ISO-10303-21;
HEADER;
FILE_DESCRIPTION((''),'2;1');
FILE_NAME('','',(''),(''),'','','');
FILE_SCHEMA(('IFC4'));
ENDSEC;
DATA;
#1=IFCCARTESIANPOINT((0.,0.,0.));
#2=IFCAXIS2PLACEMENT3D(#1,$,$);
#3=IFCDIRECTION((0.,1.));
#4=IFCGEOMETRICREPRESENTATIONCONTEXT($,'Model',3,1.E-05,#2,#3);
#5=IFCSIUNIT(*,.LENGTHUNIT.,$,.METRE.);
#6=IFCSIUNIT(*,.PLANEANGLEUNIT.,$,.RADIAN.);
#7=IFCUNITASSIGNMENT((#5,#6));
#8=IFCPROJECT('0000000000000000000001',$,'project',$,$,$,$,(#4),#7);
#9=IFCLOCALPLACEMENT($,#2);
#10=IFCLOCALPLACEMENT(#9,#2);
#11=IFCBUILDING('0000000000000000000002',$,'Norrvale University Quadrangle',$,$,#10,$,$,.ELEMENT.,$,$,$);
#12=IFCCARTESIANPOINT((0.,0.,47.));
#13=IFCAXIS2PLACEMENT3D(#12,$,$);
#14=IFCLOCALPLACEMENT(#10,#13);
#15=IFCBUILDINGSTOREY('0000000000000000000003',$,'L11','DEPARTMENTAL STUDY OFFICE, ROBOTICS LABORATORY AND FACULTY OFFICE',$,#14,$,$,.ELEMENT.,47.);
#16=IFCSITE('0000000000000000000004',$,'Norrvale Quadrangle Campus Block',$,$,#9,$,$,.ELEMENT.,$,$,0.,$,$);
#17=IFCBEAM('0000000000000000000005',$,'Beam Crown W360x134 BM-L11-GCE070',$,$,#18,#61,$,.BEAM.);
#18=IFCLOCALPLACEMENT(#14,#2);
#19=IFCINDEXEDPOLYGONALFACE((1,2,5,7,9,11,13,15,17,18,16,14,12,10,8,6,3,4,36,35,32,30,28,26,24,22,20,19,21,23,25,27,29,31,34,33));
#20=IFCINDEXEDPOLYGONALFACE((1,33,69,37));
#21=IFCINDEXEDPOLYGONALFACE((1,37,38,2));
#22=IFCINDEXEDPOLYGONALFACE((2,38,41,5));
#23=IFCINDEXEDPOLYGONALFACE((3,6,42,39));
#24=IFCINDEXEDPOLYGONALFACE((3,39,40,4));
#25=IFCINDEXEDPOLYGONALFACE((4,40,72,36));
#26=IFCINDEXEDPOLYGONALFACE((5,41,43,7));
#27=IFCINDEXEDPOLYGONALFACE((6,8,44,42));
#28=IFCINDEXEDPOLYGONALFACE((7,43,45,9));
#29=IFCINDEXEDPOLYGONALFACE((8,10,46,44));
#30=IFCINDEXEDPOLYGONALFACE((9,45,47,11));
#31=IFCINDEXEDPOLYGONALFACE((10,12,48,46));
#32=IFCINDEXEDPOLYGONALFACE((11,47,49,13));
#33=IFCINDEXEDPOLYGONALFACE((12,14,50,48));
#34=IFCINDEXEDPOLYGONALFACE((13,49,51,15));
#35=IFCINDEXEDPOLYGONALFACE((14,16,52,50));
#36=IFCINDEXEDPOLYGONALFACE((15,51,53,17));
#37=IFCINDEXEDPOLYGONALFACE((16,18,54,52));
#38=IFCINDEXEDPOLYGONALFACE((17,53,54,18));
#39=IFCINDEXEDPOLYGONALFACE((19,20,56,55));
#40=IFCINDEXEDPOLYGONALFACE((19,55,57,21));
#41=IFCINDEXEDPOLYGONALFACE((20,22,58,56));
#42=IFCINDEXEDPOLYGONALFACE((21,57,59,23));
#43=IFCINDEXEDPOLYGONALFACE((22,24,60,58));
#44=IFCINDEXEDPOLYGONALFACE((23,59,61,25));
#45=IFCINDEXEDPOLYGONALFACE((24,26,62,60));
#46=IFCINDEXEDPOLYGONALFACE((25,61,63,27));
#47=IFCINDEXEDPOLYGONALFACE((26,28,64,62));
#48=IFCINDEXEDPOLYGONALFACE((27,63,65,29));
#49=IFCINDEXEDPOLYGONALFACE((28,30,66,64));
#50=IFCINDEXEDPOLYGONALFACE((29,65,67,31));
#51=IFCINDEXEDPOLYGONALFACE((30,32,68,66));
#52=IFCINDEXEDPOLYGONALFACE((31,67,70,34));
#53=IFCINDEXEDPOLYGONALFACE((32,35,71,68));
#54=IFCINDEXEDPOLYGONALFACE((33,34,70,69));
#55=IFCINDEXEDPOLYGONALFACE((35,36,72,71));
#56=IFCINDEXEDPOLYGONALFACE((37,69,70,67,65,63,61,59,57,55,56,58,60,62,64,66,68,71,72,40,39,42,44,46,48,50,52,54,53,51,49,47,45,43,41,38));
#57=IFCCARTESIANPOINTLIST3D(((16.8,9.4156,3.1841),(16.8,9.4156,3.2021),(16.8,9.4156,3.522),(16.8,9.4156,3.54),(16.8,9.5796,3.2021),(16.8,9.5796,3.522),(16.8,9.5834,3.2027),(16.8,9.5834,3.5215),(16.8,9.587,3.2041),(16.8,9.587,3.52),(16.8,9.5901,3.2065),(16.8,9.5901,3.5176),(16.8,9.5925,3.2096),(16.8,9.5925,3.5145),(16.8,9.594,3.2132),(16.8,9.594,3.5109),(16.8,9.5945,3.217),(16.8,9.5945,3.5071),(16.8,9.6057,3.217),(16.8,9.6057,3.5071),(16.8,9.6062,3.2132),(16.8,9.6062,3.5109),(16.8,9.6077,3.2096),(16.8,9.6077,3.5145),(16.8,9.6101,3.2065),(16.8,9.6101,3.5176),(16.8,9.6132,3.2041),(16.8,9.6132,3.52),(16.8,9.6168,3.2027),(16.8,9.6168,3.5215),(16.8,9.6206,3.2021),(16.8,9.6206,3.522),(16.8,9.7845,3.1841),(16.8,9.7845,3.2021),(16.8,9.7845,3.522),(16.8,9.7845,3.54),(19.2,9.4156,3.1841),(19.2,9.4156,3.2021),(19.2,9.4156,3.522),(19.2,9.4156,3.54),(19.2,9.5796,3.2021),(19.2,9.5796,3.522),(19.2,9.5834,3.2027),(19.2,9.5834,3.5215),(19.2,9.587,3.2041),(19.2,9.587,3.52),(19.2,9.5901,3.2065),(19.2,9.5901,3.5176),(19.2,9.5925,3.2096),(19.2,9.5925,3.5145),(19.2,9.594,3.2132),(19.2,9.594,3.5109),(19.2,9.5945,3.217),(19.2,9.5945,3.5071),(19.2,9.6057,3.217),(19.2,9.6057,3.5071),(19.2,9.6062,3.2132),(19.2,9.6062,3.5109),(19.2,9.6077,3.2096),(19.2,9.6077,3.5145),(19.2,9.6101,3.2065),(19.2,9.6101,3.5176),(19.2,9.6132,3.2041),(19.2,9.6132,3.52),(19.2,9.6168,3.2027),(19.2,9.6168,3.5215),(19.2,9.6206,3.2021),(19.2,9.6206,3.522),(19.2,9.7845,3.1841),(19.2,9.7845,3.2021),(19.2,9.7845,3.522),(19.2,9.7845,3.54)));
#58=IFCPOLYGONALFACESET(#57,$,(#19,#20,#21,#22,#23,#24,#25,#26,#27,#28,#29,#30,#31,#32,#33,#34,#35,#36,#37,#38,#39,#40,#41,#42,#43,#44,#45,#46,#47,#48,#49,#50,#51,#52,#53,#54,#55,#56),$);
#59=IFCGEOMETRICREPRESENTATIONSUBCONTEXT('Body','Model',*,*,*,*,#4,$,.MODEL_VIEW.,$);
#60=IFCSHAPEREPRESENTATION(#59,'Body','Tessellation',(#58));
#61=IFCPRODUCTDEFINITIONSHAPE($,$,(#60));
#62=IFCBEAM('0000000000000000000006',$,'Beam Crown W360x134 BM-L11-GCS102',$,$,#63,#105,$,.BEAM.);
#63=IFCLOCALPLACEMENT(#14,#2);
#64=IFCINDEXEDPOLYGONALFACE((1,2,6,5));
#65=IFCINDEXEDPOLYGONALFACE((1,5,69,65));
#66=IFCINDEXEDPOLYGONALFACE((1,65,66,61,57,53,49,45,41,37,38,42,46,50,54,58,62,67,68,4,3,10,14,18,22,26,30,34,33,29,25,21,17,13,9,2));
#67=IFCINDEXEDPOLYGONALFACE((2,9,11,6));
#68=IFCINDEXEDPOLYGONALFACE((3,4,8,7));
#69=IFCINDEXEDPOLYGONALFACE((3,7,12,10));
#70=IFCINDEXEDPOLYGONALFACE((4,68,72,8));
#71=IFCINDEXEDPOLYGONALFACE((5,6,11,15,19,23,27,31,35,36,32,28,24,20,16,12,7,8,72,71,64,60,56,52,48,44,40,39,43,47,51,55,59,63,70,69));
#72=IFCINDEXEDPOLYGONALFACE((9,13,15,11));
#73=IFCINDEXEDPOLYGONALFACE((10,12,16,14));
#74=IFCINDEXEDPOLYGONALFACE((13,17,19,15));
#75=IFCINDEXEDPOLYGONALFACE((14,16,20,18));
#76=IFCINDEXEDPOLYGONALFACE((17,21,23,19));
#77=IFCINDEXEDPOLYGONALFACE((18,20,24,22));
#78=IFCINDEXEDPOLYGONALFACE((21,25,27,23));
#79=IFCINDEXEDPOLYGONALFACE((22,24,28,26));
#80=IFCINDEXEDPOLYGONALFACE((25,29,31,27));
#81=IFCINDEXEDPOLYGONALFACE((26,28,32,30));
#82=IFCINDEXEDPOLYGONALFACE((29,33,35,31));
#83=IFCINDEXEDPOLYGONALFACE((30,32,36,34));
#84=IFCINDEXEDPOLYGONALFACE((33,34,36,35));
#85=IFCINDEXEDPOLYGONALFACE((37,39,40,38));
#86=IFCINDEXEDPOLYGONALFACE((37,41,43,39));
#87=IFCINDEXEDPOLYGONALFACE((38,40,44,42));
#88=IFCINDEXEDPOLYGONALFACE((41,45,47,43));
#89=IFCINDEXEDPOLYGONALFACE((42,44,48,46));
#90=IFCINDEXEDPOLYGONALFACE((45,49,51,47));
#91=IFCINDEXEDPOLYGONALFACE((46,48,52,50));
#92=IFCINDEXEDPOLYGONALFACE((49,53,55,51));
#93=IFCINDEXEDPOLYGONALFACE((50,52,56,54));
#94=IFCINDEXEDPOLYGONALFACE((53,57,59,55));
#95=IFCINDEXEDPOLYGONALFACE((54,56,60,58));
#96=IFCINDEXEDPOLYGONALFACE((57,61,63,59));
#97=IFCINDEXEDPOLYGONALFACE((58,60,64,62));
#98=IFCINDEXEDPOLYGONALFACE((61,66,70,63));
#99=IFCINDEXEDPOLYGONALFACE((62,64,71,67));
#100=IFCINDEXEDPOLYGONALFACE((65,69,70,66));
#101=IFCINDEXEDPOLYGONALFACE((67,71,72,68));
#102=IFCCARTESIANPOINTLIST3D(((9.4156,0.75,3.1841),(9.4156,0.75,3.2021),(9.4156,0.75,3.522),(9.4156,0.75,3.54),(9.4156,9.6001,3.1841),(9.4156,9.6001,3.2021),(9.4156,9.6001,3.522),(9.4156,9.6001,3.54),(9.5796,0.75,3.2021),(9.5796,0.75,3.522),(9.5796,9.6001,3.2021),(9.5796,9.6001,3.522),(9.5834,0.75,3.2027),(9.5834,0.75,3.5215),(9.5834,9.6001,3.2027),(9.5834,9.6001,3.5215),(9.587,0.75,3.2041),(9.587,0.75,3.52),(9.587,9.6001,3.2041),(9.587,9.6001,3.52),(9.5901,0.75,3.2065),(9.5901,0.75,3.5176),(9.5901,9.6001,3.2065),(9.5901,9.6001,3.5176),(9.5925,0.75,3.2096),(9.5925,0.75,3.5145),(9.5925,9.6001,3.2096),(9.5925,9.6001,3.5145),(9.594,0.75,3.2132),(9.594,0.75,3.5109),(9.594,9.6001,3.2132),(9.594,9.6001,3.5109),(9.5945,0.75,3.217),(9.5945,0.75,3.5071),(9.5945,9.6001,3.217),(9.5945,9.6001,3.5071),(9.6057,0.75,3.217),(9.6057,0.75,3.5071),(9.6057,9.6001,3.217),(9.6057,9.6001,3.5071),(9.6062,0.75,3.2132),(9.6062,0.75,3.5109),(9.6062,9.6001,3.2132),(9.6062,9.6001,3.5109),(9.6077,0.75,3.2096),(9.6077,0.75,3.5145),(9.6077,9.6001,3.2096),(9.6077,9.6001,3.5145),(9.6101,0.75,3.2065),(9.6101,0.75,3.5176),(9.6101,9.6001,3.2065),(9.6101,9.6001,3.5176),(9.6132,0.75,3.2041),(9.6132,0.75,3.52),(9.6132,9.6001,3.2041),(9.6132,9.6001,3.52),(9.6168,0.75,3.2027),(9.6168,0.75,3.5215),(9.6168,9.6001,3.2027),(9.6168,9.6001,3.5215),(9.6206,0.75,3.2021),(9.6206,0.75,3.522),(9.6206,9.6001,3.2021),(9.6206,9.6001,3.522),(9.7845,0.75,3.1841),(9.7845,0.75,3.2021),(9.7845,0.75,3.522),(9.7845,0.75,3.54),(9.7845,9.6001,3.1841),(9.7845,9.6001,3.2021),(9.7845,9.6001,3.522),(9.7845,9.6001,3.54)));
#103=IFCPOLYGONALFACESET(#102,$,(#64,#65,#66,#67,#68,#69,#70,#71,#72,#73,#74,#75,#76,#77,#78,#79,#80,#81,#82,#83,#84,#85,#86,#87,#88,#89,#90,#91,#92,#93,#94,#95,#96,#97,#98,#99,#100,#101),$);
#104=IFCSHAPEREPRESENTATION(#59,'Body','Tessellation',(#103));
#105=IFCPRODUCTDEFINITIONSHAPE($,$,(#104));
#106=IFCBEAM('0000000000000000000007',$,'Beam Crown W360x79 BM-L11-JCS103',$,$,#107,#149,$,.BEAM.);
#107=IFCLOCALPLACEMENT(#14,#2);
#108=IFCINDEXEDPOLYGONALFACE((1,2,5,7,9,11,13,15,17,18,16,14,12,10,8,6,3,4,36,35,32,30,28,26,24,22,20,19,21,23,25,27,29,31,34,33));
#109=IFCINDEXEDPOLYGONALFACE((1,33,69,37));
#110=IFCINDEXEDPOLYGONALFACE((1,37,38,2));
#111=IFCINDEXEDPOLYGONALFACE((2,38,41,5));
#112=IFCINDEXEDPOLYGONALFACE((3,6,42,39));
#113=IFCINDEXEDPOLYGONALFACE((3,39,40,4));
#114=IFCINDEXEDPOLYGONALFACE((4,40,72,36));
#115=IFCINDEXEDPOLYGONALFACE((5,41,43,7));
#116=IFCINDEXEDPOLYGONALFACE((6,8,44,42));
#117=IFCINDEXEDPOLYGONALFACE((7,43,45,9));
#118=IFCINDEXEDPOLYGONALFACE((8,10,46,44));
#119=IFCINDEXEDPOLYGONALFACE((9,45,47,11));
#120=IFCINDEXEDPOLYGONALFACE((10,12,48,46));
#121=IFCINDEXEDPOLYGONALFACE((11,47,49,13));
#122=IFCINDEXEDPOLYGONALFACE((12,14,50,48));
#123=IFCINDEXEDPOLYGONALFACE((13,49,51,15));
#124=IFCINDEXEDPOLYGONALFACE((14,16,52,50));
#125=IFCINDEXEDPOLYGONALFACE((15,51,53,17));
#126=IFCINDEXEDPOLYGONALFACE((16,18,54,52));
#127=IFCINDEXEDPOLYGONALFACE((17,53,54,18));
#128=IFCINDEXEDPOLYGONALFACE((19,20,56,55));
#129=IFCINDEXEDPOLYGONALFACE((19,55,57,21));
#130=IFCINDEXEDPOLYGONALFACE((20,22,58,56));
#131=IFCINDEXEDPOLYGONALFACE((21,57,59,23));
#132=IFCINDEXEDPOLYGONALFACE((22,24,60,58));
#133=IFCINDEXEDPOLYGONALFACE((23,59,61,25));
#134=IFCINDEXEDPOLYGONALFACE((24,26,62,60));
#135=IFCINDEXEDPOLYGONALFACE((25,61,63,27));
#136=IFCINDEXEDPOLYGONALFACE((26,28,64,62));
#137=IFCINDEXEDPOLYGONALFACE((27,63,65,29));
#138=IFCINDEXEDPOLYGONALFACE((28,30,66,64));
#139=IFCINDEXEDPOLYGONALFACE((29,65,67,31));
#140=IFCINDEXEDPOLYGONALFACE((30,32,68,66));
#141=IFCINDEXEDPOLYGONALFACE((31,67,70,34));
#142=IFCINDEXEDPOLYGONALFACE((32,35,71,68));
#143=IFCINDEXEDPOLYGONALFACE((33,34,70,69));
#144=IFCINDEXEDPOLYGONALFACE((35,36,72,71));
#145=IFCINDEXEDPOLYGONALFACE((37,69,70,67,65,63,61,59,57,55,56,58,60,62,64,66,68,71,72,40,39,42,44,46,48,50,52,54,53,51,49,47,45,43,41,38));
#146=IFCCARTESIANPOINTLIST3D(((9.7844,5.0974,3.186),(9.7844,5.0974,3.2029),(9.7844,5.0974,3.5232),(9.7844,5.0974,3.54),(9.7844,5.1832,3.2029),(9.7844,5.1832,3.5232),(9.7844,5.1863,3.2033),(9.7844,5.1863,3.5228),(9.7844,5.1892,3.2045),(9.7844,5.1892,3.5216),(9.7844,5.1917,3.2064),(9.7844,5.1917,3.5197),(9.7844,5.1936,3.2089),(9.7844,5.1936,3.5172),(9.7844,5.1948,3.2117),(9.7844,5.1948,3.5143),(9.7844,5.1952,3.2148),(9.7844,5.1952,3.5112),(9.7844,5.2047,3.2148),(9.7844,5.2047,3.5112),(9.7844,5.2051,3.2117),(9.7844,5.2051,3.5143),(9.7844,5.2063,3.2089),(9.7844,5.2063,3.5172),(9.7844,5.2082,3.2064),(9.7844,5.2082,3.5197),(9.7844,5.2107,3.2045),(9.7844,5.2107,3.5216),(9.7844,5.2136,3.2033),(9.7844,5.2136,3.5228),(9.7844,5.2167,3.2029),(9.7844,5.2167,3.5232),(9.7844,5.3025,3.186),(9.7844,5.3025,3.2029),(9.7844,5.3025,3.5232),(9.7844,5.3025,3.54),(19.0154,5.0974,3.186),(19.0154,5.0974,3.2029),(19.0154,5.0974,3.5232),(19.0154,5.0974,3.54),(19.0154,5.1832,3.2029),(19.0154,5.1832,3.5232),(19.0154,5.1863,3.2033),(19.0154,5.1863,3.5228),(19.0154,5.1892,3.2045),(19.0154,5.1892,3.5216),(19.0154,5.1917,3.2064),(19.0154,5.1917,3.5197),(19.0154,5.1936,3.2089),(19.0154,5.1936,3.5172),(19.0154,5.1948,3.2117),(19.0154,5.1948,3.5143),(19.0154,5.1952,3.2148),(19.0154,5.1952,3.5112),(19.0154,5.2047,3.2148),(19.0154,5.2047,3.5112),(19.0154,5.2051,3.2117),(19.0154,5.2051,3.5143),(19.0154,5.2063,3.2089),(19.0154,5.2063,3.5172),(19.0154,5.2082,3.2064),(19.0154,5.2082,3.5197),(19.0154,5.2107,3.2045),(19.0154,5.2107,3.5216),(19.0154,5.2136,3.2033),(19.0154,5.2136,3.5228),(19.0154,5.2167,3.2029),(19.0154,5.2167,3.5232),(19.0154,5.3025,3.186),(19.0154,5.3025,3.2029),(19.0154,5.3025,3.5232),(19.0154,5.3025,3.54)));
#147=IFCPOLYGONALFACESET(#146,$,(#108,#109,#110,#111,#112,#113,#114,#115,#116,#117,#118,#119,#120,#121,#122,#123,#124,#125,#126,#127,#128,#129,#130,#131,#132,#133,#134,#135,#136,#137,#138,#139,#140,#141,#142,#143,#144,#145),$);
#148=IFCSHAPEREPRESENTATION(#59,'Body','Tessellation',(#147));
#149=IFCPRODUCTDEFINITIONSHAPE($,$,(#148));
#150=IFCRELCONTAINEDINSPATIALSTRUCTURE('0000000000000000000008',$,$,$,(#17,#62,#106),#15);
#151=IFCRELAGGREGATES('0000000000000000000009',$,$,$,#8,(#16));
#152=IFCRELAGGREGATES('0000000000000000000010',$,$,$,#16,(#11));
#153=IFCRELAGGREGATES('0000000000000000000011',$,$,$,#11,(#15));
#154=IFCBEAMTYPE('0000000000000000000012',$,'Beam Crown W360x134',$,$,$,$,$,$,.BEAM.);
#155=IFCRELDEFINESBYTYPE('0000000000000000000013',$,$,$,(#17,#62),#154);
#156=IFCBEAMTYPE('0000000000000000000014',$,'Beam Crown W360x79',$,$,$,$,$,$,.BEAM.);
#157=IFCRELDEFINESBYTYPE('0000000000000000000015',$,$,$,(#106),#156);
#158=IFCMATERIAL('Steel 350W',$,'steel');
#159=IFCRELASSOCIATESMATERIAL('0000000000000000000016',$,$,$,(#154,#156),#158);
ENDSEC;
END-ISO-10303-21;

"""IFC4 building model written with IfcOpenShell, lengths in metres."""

from ifc_helpers import new_model, si_unit, direction, frame, origin, origin_2d, place, context, subcontext, project, spatial, i_section, extrude, material, material_profile, profile_set, type_object, element, save


model = new_model("IFC4")

# Units and contexts
model_context = context("Model", 3, precision=1e-05, world=origin(), true_north=direction((0.0, 1.0)))
body_context = subcontext(model_context, "Body", "Model", "MODEL_VIEW")
ifc_project = project(units=[si_unit("LENGTHUNIT", "METRE"), si_unit("PLANEANGLEUNIT", "RADIAN")], contexts=[model_context])

# Site, building, storey
site_placement = place(None, origin())
site = spatial("IfcSite", under=ifc_project, at=site_placement, Name="Norrvale Quadrangle Campus Block", CompositionType="ELEMENT", RefElevation=0.0)
building_placement = place(site_placement, origin())
building = spatial("IfcBuilding", under=site, at=building_placement, Name="Norrvale University Quadrangle", CompositionType="ELEMENT")
storey_placement = place(building_placement, frame((0.0, 0.0, 47.0)))
storey = spatial("IfcBuildingStorey", under=building, at=storey_placement, Name="L11", Description="DEPARTMENTAL STUDY OFFICE, ROBOTICS LABORATORY AND FACULTY OFFICE", CompositionType="ELEMENT", Elevation=47.0)

# Beams
ifc_material_1 = material(Name="Steel 350W", Category="steel")
ifc_material_profile_1 = material_profile(ifc_material_1, i_section(OverallWidth=0.3689, OverallDepth=0.356, WebThickness=0.0112, FlangeThickness=0.0181, FilletRadius=0.0149, at=origin_2d()), Name="Steel 350W")
ifc_profile_set_1 = profile_set([ifc_material_profile_1], Name="Steel 350W")
beam_type_1 = type_object("IfcBeamType", Name="Beam Crown W360x134", PredefinedType="BEAM", material=ifc_profile_set_1)
beam_1_placement = place(storey_placement, frame((16.8, 9.6001, 3.3621), z_axis=(1.0, 0.0, 0.0), x_axis=(0.0, 1.0, 0.0)))
element("IfcBeam", 1, at=beam_1_placement, inside=storey, type_object=beam_type_1, Name="Beam Crown W360x134 BM-L11-GCE070", PredefinedType="BEAM", context=body_context, shape_type="SweptSolid", body=[
    extrude(i_section(OverallWidth=0.3689, OverallDepth=0.356, WebThickness=0.0112, FlangeThickness=0.0181, FilletRadius=0.0149, at=origin_2d()), origin(), (0.0, 0.0, 1.0), 2.3999),
])
beam_2_placement = place(storey_placement, frame((9.6001, 0.75, 3.3621), z_axis=(0.0, 1.0, 0.0), x_axis=(-1.0, 0.0, 0.0)))
element("IfcBeam", 2, at=beam_2_placement, inside=storey, type_object=beam_type_1, Name="Beam Crown W360x134 BM-L11-GCS102", PredefinedType="BEAM", context=body_context, shape_type="SweptSolid", body=[
    extrude(i_section(OverallWidth=0.3689, OverallDepth=0.356, WebThickness=0.0112, FlangeThickness=0.0181, FilletRadius=0.0149, at=origin_2d()), origin(), (0.0, 0.0, 1.0), 8.8501),
])
ifc_material_profile_2 = material_profile(ifc_material_1, i_section(OverallWidth=0.2051, OverallDepth=0.354, WebThickness=0.0095, FlangeThickness=0.0168, FilletRadius=0.012, at=origin_2d()), Name="Steel 350W")
ifc_profile_set_2 = profile_set([ifc_material_profile_2], Name="Steel 350W")
beam_type_2 = type_object("IfcBeamType", Name="Beam Crown W360x79", PredefinedType="BEAM", material=ifc_profile_set_2)
beam_3_placement = place(storey_placement, frame((9.7844, 5.2, 3.363), z_axis=(1.0, 0.0, 0.0), x_axis=(0.0, 1.0, 0.0)))
element("IfcBeam", 3, at=beam_3_placement, inside=storey, type_object=beam_type_2, Name="Beam Crown W360x79 BM-L11-JCS103", PredefinedType="BEAM", context=body_context, shape_type="SweptSolid", body=[
    extrude(i_section(OverallWidth=0.2051, OverallDepth=0.354, WebThickness=0.0095, FlangeThickness=0.0168, FilletRadius=0.012, at=origin_2d()), origin(), (0.0, 0.0, 1.0), 9.231),
])

save(model, "model.ifc")
